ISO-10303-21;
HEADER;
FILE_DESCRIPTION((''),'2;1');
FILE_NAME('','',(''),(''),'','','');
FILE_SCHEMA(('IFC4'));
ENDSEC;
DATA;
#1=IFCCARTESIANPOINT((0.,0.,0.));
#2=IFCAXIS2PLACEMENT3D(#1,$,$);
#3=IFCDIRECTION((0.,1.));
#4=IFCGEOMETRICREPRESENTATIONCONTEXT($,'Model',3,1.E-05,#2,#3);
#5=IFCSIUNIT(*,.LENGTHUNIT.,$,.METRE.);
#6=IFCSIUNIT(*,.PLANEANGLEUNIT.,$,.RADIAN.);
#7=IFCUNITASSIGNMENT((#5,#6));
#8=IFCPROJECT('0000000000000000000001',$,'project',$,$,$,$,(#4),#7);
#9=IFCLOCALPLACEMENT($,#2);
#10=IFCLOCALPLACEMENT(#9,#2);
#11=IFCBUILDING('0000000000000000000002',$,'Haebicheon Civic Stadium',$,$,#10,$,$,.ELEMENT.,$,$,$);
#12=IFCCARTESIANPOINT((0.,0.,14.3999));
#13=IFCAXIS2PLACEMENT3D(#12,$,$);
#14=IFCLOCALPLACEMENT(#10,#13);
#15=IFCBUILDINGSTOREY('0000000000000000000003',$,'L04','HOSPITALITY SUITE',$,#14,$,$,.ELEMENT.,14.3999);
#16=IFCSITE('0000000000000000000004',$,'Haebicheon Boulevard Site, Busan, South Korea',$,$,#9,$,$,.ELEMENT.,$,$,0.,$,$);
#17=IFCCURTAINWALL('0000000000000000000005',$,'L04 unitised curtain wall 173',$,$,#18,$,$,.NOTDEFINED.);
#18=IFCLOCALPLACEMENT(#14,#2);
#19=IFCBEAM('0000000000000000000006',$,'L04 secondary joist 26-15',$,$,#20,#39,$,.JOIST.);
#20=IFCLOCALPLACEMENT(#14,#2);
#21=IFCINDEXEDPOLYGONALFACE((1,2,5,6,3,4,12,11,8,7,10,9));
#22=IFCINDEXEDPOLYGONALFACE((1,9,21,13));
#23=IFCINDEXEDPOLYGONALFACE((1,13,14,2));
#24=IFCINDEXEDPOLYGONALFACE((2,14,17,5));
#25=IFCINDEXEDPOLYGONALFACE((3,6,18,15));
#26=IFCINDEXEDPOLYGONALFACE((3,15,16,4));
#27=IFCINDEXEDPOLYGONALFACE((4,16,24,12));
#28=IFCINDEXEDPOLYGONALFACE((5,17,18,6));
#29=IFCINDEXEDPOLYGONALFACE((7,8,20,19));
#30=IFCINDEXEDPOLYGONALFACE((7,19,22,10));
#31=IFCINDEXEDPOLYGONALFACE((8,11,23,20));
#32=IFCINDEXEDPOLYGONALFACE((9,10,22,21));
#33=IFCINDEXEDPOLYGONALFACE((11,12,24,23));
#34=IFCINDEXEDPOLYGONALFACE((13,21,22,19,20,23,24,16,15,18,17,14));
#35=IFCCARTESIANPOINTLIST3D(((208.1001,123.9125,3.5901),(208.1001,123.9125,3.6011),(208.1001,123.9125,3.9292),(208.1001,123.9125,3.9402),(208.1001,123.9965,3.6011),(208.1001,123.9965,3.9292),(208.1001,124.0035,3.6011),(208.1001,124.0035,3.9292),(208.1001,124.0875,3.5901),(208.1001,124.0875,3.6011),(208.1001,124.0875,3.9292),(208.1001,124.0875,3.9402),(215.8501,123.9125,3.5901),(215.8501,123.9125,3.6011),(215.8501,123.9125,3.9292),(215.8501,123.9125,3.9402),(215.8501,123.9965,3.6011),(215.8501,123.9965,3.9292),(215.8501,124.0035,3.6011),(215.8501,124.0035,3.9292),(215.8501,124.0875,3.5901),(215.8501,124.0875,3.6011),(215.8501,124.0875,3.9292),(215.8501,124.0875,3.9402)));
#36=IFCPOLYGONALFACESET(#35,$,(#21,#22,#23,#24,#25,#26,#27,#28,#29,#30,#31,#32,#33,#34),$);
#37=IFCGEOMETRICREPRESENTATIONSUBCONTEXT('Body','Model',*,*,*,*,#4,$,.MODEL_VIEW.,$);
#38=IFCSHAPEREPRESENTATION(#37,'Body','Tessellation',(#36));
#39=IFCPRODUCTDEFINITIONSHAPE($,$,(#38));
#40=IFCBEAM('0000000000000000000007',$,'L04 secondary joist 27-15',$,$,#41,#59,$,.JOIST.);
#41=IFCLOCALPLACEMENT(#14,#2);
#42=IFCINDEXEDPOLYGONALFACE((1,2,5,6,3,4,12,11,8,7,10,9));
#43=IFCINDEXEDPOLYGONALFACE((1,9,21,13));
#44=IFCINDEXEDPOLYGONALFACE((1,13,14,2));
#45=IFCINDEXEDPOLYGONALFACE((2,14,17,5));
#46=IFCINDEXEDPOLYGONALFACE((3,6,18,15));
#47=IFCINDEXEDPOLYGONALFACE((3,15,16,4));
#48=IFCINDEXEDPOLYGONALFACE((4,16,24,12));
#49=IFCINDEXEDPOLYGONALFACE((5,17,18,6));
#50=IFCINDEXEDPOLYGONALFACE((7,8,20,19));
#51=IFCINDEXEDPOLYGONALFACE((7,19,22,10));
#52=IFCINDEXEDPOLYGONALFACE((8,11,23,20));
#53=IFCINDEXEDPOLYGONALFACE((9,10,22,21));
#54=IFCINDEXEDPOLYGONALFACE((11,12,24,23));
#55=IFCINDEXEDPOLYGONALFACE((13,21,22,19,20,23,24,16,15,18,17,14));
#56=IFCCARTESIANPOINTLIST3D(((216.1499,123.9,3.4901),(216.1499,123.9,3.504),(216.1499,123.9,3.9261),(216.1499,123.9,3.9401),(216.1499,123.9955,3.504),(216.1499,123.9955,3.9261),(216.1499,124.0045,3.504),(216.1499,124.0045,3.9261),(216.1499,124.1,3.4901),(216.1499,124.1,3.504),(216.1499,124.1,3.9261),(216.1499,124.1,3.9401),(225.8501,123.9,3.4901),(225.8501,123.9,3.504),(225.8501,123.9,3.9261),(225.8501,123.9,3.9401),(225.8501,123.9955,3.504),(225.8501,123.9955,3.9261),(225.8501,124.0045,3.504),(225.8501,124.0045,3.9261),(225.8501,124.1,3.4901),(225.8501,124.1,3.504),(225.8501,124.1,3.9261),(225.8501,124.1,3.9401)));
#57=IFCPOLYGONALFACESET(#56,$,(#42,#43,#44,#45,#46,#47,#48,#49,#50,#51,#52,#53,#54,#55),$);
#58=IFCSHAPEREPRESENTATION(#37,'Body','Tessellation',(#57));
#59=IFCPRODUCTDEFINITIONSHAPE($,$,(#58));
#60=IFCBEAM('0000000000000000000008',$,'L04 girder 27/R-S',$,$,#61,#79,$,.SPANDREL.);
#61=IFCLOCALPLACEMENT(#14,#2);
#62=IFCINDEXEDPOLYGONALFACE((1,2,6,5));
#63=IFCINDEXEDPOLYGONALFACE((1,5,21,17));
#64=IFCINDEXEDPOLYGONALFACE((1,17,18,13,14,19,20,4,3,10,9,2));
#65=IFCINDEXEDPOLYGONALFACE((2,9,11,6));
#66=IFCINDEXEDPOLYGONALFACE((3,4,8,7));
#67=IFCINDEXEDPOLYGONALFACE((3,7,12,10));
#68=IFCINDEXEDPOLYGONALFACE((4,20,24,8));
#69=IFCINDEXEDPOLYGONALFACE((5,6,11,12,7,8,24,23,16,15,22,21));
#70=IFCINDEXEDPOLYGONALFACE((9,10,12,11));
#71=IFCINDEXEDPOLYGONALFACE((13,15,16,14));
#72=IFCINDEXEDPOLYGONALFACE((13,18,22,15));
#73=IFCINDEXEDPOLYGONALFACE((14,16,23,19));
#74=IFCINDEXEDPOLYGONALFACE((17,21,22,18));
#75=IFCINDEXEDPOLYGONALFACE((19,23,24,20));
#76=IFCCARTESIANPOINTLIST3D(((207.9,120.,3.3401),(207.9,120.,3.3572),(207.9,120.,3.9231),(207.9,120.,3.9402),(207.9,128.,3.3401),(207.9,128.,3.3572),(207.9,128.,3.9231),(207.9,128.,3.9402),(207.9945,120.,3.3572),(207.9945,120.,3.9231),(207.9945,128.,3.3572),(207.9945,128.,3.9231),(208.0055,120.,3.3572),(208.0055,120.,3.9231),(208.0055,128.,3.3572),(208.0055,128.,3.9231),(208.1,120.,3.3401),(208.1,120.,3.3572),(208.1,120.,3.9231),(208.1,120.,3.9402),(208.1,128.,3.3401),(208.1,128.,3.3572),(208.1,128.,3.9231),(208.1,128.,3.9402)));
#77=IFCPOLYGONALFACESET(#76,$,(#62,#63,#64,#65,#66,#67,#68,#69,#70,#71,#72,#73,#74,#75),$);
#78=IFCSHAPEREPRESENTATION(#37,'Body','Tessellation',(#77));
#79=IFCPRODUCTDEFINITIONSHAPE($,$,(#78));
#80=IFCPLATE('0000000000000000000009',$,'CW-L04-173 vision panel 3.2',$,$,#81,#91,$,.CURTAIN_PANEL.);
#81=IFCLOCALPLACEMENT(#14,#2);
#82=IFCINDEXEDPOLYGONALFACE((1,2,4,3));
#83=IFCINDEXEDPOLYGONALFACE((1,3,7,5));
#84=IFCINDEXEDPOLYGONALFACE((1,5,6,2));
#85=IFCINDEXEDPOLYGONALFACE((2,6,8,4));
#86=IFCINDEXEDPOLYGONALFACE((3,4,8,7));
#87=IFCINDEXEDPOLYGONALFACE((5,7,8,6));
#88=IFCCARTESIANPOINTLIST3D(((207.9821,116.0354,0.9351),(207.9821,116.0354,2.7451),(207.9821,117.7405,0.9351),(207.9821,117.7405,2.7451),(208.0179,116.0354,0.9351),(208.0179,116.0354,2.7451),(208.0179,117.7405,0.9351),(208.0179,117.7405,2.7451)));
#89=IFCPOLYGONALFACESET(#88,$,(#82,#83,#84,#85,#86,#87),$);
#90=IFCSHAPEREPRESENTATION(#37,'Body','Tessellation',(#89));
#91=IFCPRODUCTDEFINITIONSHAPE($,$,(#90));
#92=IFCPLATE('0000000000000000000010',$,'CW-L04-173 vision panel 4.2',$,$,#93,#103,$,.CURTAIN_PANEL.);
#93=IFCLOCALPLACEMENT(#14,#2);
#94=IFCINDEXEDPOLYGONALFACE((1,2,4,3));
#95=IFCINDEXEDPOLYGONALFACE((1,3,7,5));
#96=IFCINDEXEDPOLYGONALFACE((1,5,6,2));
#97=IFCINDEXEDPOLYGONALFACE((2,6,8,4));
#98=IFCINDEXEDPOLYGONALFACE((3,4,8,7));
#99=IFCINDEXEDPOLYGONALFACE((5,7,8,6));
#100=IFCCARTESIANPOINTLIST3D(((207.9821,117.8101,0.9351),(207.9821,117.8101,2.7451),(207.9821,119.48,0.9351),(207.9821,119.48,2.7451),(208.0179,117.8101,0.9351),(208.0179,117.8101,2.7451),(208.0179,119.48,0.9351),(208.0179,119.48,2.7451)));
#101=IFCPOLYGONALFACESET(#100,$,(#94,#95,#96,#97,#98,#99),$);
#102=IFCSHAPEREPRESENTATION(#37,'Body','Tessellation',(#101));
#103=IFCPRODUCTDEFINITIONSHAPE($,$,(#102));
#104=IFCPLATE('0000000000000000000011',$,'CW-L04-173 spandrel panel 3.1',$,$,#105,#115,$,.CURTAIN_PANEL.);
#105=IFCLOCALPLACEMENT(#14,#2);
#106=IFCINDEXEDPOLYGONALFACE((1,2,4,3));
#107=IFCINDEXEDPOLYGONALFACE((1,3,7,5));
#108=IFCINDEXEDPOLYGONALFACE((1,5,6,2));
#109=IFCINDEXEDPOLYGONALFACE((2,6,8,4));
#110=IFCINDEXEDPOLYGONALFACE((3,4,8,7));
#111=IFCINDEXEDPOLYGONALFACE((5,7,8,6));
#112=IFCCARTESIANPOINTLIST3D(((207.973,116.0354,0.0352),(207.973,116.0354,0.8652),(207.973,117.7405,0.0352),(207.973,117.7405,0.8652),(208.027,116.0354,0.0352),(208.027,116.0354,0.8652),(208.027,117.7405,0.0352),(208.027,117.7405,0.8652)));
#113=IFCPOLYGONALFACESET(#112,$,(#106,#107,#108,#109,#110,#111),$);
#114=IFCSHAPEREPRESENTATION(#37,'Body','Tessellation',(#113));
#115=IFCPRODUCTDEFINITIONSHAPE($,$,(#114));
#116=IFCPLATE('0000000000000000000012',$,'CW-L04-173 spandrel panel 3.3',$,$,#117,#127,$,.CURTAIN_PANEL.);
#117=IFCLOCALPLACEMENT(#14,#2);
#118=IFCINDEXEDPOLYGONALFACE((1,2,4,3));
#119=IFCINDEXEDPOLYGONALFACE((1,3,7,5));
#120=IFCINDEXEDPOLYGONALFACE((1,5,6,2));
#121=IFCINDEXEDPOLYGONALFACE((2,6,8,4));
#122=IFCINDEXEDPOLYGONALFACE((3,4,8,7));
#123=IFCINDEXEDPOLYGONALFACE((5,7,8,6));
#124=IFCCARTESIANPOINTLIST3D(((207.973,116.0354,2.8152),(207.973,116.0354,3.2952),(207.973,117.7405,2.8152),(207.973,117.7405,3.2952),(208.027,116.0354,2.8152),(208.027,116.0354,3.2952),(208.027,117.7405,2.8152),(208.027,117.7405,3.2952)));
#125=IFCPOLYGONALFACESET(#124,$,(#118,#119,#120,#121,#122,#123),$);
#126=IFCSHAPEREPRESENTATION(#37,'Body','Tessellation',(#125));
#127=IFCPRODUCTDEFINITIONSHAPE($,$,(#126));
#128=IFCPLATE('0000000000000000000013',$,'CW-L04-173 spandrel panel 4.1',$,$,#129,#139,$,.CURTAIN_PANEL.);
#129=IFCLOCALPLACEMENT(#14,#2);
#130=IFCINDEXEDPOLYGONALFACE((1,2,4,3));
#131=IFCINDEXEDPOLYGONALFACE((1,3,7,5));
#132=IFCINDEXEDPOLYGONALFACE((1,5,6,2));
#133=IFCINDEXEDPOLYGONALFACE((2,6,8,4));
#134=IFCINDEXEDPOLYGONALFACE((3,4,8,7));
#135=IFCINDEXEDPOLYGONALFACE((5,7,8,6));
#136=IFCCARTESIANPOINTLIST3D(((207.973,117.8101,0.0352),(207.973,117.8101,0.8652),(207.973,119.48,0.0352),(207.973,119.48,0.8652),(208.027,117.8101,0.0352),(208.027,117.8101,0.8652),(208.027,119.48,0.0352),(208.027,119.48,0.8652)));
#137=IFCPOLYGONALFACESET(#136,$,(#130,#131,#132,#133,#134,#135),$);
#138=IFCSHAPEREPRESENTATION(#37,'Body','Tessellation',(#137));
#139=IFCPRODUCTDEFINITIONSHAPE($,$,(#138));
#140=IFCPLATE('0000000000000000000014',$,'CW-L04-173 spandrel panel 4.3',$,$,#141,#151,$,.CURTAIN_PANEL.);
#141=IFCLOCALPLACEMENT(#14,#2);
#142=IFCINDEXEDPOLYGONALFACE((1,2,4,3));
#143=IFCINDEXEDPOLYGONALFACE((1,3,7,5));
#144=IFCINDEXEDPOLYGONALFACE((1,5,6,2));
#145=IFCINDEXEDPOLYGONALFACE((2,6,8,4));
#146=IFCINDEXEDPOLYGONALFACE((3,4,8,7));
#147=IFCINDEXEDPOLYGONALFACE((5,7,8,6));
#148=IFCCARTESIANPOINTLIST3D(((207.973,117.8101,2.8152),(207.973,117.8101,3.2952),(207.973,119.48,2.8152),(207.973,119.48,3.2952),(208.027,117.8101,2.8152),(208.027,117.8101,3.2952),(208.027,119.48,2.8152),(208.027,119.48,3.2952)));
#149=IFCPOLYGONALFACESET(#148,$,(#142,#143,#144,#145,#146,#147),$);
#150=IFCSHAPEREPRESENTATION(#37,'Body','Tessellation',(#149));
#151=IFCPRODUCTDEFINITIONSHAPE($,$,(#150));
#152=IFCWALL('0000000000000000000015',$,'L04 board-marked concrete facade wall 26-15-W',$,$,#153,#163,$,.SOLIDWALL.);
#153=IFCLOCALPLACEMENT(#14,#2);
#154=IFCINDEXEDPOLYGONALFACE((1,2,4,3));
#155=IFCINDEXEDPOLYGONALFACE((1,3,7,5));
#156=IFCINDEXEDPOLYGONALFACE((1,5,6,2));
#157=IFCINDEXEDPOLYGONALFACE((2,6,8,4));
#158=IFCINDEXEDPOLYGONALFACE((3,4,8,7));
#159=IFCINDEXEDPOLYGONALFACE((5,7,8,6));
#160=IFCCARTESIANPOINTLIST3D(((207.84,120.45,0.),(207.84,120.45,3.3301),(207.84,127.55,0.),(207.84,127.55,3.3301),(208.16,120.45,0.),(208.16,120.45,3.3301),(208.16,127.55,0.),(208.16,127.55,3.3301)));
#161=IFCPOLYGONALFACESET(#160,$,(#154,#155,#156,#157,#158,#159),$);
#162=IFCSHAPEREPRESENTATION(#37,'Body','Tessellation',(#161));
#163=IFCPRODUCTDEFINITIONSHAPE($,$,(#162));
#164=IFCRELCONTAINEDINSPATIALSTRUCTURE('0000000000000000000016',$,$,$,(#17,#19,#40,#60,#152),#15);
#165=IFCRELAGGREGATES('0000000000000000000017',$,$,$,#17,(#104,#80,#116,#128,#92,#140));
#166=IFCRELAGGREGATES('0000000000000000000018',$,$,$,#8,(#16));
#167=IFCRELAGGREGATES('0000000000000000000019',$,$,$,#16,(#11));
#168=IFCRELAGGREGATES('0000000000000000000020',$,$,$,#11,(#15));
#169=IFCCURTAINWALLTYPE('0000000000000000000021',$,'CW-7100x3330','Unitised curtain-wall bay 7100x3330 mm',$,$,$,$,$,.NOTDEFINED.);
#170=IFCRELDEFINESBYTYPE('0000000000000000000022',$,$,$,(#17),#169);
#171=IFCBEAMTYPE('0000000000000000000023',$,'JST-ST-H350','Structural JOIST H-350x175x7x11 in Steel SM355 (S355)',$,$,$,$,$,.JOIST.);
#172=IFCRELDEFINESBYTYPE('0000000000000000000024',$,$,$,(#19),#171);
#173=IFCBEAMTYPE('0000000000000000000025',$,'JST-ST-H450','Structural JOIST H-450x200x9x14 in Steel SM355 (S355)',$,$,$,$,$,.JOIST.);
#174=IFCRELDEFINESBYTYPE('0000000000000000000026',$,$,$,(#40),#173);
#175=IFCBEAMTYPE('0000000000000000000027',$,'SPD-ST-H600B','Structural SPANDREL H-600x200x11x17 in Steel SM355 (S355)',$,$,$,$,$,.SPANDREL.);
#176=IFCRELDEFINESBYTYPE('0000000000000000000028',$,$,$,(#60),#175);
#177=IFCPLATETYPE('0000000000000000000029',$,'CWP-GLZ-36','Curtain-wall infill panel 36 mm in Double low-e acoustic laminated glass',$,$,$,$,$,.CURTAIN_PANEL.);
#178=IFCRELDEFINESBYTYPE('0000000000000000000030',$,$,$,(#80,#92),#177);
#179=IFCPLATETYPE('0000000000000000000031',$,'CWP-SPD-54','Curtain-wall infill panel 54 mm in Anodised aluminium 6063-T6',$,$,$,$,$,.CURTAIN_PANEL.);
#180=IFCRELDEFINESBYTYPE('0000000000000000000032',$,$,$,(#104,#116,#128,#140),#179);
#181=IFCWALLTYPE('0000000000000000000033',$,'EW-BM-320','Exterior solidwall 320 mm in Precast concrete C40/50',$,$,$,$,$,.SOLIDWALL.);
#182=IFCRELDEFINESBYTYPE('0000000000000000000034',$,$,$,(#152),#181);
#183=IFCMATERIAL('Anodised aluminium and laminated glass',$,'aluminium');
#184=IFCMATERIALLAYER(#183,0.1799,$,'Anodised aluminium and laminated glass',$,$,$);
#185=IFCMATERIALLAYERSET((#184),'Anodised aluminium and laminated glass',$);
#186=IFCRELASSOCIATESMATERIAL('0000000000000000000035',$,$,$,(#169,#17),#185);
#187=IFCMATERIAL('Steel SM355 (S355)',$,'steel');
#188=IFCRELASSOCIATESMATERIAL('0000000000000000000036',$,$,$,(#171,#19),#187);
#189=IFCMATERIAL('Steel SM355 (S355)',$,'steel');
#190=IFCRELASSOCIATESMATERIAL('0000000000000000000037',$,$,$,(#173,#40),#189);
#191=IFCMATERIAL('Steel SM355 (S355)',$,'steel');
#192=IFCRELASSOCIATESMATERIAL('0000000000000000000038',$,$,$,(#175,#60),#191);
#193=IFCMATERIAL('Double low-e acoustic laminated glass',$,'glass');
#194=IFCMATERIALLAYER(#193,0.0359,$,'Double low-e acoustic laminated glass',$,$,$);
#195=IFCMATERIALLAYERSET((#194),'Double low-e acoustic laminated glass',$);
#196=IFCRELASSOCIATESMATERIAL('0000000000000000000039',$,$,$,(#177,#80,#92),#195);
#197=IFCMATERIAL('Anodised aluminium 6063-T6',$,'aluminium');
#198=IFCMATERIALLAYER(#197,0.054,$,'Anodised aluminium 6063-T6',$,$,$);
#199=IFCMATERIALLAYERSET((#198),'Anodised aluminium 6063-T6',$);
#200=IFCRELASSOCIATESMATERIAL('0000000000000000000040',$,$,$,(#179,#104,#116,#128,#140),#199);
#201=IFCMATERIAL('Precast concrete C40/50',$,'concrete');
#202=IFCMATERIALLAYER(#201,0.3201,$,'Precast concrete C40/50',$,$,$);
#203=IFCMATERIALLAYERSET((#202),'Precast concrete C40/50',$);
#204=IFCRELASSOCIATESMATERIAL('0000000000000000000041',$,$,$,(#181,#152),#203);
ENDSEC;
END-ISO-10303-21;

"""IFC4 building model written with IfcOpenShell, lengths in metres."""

from ifc_helpers import new_model, si_unit, direction, frame, frame_2d, origin, origin_2d, place, context, subcontext, project, spatial, rectangle, i_section, extrude, material, layer, layer_set, material_profile, profile_set, type_object, element, aggregate, save


model = new_model("IFC4")

# Units and contexts
model_context = context("Model", 3, precision=1e-05, world=origin(), true_north=direction((0.0, 1.0)))
body_context = subcontext(model_context, "Body", "Model", "MODEL_VIEW")
ifc_project = project(units=[si_unit("LENGTHUNIT", "METRE"), si_unit("PLANEANGLEUNIT", "RADIAN")], contexts=[model_context])

# Site, building, storey
site_placement = place(None, origin())
site = spatial("IfcSite", under=ifc_project, at=site_placement, Name="Haebicheon Boulevard Site, Busan, South Korea", CompositionType="ELEMENT", RefElevation=0.0)
building_placement = place(site_placement, origin())
building = spatial("IfcBuilding", under=site, at=building_placement, Name="Haebicheon Civic Stadium", CompositionType="ELEMENT")
storey_placement = place(building_placement, frame((0.0, 0.0, 14.3999)))
storey = spatial("IfcBuildingStorey", under=building, at=storey_placement, Name="L04", Description="HOSPITALITY SUITE", CompositionType="ELEMENT", Elevation=14.3999)

# Curtain wall
ifc_material_1 = material(Name="Anodised aluminium and laminated glass", Category="aluminium")
ifc_layer_1 = layer(ifc_material_1, 0.1799, Name="Anodised aluminium and laminated glass")
ifc_layer_set_1 = layer_set([ifc_layer_1], Name="Anodised aluminium and laminated glass")
curtain_wall_type = type_object("IfcCurtainWallType", Name="CW-7100x3330", Description="Unitised curtain-wall bay 7100x3330 mm", PredefinedType="NOTDEFINED", material=ifc_layer_set_1)
curtain_wall_placement = place(storey_placement, origin())
curtain_wall = element("IfcCurtainWall", 1, at=curtain_wall_placement, inside=storey, type_object=curtain_wall_type, material=ifc_layer_set_1, Name="L04 unitised curtain wall 173", PredefinedType="NOTDEFINED")

# Beams
ifc_material_2 = material(Name="Steel SM355 (S355)", Category="steel")
ifc_material_profile_1 = material_profile(ifc_material_2, i_section(OverallWidth=0.175, OverallDepth=0.3501, WebThickness=0.0071, FlangeThickness=0.011, at=origin_2d()), Name="H-350x175x7x11")
ifc_profile_set_1 = profile_set([ifc_material_profile_1], Name="Steel SM355 (S355)")
beam_type_1 = type_object("IfcBeamType", Name="JST-ST-H350", Description="Structural JOIST H-350x175x7x11 in Steel SM355 (S355)", PredefinedType="JOIST", material=ifc_profile_set_1)
beam_1_placement = place(storey_placement, frame((208.1001, 124.0, 3.7651), z_axis=(1.0, 0.0, 0.0), x_axis=(0.0, 1.0, 0.0)))
element("IfcBeam", 2, at=beam_1_placement, inside=storey, type_object=beam_type_1, material=ifc_profile_set_1, Name="L04 secondary joist 26-15", PredefinedType="JOIST", context=body_context, shape_type="SweptSolid", body=[
    extrude(i_section(OverallWidth=0.175, OverallDepth=0.3501, WebThickness=0.0071, FlangeThickness=0.011, at=origin_2d()), origin(), (0.0, 0.0, 1.0), 7.75),
])
ifc_material_3 = material(Name="Steel SM355 (S355)", Category="steel")
ifc_material_profile_2 = material_profile(ifc_material_3, i_section(OverallWidth=0.2, OverallDepth=0.45, WebThickness=0.009, FlangeThickness=0.0139, at=origin_2d()), Name="H-450x200x9x14")
ifc_profile_set_2 = profile_set([ifc_material_profile_2], Name="Steel SM355 (S355)")
beam_type_2 = type_object("IfcBeamType", Name="JST-ST-H450", Description="Structural JOIST H-450x200x9x14 in Steel SM355 (S355)", PredefinedType="JOIST", material=ifc_profile_set_2)
beam_2_placement = place(storey_placement, frame((216.1499, 124.0, 3.7151), z_axis=(1.0, 0.0, 0.0), x_axis=(0.0, 1.0, 0.0)))
element("IfcBeam", 3, at=beam_2_placement, inside=storey, type_object=beam_type_2, material=ifc_profile_set_2, Name="L04 secondary joist 27-15", PredefinedType="JOIST", context=body_context, shape_type="SweptSolid", body=[
    extrude(i_section(OverallWidth=0.2, OverallDepth=0.45, WebThickness=0.009, FlangeThickness=0.0139, at=origin_2d()), origin(), (0.0, 0.0, 1.0), 9.7002),
])
ifc_material_4 = material(Name="Steel SM355 (S355)", Category="steel")
ifc_material_profile_3 = material_profile(ifc_material_4, i_section(OverallWidth=0.2, OverallDepth=0.6001, WebThickness=0.011, FlangeThickness=0.0171, at=origin_2d()), Name="H-600x200x11x17")
ifc_profile_set_3 = profile_set([ifc_material_profile_3], Name="Steel SM355 (S355)")
beam_type_3 = type_object("IfcBeamType", Name="SPD-ST-H600B", Description="Structural SPANDREL H-600x200x11x17 in Steel SM355 (S355)", PredefinedType="SPANDREL", material=ifc_profile_set_3)
beam_3_placement = place(storey_placement, frame((208.0, 120.0, 3.6401), z_axis=(0.0, 1.0, 0.0), x_axis=(-1.0, 0.0, 0.0)))
element("IfcBeam", 4, at=beam_3_placement, inside=storey, type_object=beam_type_3, material=ifc_profile_set_3, Name="L04 girder 27/R-S", PredefinedType="SPANDREL", context=body_context, shape_type="SweptSolid", body=[
    extrude(i_section(OverallWidth=0.2, OverallDepth=0.6001, WebThickness=0.011, FlangeThickness=0.0171, at=origin_2d()), origin(), (0.0, 0.0, 1.0), 8.0),
])

# Plates
ifc_material_5 = material(Name="Double low-e acoustic laminated glass", Category="glass")
ifc_layer_2 = layer(ifc_material_5, 0.0359, Name="Double low-e acoustic laminated glass")
ifc_layer_set_2 = layer_set([ifc_layer_2], Name="Double low-e acoustic laminated glass")
plate_type_1 = type_object("IfcPlateType", Name="CWP-GLZ-36", Description="Curtain-wall infill panel 36 mm in Double low-e acoustic laminated glass", PredefinedType="CURTAIN_PANEL", material=ifc_layer_set_2)
plate_1_placement = place(storey_placement, frame((208.0, 116.8879, 0.9351), z_axis=(0.0, 0.0, 1.0), x_axis=(0.0, 1.0, 0.0)))
plate_1 = element("IfcPlate", 5, at=plate_1_placement, type_object=plate_type_1, material=ifc_layer_set_2, Name="CW-L04-173 vision panel 3.2", PredefinedType="CURTAIN_PANEL", context=body_context, shape_type="SweptSolid", body=[
    extrude(rectangle(XDim=1.7051, YDim=0.0359, at=origin_2d()), origin(), (0.0, 0.0, 1.0), 1.8101),
])
plate_2_placement = place(storey_placement, frame((208.0, 118.645, 0.9351), z_axis=(0.0, 0.0, 1.0), x_axis=(0.0, 1.0, 0.0)))
plate_2 = element("IfcPlate", 6, at=plate_2_placement, type_object=plate_type_1, material=ifc_layer_set_2, Name="CW-L04-173 vision panel 4.2", PredefinedType="CURTAIN_PANEL", context=body_context, shape_type="SweptSolid", body=[
    extrude(rectangle(XDim=1.6699, YDim=0.0359, at=origin_2d()), origin(), (0.0, 0.0, 1.0), 1.8101),
])
ifc_material_6 = material(Name="Anodised aluminium 6063-T6", Category="aluminium")
ifc_layer_3 = layer(ifc_material_6, 0.054, Name="Anodised aluminium 6063-T6")
ifc_layer_set_3 = layer_set([ifc_layer_3], Name="Anodised aluminium 6063-T6")
plate_type_2 = type_object("IfcPlateType", Name="CWP-SPD-54", Description="Curtain-wall infill panel 54 mm in Anodised aluminium 6063-T6", PredefinedType="CURTAIN_PANEL", material=ifc_layer_set_3)
plate_3_placement = place(storey_placement, frame((208.0, 116.8879, 0.0352), z_axis=(0.0, 0.0, 1.0), x_axis=(0.0, 1.0, 0.0)))
plate_3 = element("IfcPlate", 7, at=plate_3_placement, type_object=plate_type_2, material=ifc_layer_set_3, Name="CW-L04-173 spandrel panel 3.1", PredefinedType="CURTAIN_PANEL", context=body_context, shape_type="SweptSolid", body=[
    extrude(rectangle(XDim=1.7051, YDim=0.054, at=origin_2d()), origin(), (0.0, 0.0, 1.0), 0.8301),
])
plate_4_placement = place(storey_placement, frame((208.0, 116.8879, 2.8152), z_axis=(0.0, 0.0, 1.0), x_axis=(0.0, 1.0, 0.0)))
plate_4 = element("IfcPlate", 8, at=plate_4_placement, type_object=plate_type_2, material=ifc_layer_set_3, Name="CW-L04-173 spandrel panel 3.3", PredefinedType="CURTAIN_PANEL", context=body_context, shape_type="SweptSolid", body=[
    extrude(rectangle(XDim=1.7051, YDim=0.054, at=origin_2d()), origin(), (0.0, 0.0, 1.0), 0.48),
])
plate_5_placement = place(storey_placement, frame((208.0, 118.645, 0.0352), z_axis=(0.0, 0.0, 1.0), x_axis=(0.0, 1.0, 0.0)))
plate_5 = element("IfcPlate", 9, at=plate_5_placement, type_object=plate_type_2, material=ifc_layer_set_3, Name="CW-L04-173 spandrel panel 4.1", PredefinedType="CURTAIN_PANEL", context=body_context, shape_type="SweptSolid", body=[
    extrude(rectangle(XDim=1.6699, YDim=0.054, at=origin_2d()), origin(), (0.0, 0.0, 1.0), 0.8301),
])
plate_6_placement = place(storey_placement, frame((208.0, 118.645, 2.8152), z_axis=(0.0, 0.0, 1.0), x_axis=(0.0, 1.0, 0.0)))
plate_6 = element("IfcPlate", 10, at=plate_6_placement, type_object=plate_type_2, material=ifc_layer_set_3, Name="CW-L04-173 spandrel panel 4.3", PredefinedType="CURTAIN_PANEL", context=body_context, shape_type="SweptSolid", body=[
    extrude(rectangle(XDim=1.6699, YDim=0.054, at=origin_2d()), origin(), (0.0, 0.0, 1.0), 0.48),
])
aggregate(curtain_wall, [plate_3, plate_1, plate_4, plate_5, plate_2, plate_6])

# Wall
ifc_material_7 = material(Name="Precast concrete C40/50", Category="concrete")
ifc_layer_4 = layer(ifc_material_7, 0.3201, Name="Precast concrete C40/50")
ifc_layer_set_4 = layer_set([ifc_layer_4], Name="Precast concrete C40/50")
wall_type = type_object("IfcWallType", Name="EW-BM-320", Description="Exterior solidwall 320 mm in Precast concrete C40/50", PredefinedType="SOLIDWALL", material=ifc_layer_set_4)
wall_placement = place(storey_placement, frame((208.0, 120.45, 0.0), z_axis=(0.0, 0.0, 1.0), x_axis=(0.0, 1.0, 0.0)))
element("IfcWall", 11, at=wall_placement, inside=storey, type_object=wall_type, material=ifc_layer_set_4, Name="L04 board-marked concrete facade wall 26-15-W", PredefinedType="SOLIDWALL", context=body_context, shape_type="SweptSolid", body=[
    extrude(rectangle(XDim=7.1001, YDim=0.3201, at=frame_2d((3.55, 0.0))), origin(), (0.0, 0.0, 1.0), 3.3301),
])

save(model, "model.ifc")
